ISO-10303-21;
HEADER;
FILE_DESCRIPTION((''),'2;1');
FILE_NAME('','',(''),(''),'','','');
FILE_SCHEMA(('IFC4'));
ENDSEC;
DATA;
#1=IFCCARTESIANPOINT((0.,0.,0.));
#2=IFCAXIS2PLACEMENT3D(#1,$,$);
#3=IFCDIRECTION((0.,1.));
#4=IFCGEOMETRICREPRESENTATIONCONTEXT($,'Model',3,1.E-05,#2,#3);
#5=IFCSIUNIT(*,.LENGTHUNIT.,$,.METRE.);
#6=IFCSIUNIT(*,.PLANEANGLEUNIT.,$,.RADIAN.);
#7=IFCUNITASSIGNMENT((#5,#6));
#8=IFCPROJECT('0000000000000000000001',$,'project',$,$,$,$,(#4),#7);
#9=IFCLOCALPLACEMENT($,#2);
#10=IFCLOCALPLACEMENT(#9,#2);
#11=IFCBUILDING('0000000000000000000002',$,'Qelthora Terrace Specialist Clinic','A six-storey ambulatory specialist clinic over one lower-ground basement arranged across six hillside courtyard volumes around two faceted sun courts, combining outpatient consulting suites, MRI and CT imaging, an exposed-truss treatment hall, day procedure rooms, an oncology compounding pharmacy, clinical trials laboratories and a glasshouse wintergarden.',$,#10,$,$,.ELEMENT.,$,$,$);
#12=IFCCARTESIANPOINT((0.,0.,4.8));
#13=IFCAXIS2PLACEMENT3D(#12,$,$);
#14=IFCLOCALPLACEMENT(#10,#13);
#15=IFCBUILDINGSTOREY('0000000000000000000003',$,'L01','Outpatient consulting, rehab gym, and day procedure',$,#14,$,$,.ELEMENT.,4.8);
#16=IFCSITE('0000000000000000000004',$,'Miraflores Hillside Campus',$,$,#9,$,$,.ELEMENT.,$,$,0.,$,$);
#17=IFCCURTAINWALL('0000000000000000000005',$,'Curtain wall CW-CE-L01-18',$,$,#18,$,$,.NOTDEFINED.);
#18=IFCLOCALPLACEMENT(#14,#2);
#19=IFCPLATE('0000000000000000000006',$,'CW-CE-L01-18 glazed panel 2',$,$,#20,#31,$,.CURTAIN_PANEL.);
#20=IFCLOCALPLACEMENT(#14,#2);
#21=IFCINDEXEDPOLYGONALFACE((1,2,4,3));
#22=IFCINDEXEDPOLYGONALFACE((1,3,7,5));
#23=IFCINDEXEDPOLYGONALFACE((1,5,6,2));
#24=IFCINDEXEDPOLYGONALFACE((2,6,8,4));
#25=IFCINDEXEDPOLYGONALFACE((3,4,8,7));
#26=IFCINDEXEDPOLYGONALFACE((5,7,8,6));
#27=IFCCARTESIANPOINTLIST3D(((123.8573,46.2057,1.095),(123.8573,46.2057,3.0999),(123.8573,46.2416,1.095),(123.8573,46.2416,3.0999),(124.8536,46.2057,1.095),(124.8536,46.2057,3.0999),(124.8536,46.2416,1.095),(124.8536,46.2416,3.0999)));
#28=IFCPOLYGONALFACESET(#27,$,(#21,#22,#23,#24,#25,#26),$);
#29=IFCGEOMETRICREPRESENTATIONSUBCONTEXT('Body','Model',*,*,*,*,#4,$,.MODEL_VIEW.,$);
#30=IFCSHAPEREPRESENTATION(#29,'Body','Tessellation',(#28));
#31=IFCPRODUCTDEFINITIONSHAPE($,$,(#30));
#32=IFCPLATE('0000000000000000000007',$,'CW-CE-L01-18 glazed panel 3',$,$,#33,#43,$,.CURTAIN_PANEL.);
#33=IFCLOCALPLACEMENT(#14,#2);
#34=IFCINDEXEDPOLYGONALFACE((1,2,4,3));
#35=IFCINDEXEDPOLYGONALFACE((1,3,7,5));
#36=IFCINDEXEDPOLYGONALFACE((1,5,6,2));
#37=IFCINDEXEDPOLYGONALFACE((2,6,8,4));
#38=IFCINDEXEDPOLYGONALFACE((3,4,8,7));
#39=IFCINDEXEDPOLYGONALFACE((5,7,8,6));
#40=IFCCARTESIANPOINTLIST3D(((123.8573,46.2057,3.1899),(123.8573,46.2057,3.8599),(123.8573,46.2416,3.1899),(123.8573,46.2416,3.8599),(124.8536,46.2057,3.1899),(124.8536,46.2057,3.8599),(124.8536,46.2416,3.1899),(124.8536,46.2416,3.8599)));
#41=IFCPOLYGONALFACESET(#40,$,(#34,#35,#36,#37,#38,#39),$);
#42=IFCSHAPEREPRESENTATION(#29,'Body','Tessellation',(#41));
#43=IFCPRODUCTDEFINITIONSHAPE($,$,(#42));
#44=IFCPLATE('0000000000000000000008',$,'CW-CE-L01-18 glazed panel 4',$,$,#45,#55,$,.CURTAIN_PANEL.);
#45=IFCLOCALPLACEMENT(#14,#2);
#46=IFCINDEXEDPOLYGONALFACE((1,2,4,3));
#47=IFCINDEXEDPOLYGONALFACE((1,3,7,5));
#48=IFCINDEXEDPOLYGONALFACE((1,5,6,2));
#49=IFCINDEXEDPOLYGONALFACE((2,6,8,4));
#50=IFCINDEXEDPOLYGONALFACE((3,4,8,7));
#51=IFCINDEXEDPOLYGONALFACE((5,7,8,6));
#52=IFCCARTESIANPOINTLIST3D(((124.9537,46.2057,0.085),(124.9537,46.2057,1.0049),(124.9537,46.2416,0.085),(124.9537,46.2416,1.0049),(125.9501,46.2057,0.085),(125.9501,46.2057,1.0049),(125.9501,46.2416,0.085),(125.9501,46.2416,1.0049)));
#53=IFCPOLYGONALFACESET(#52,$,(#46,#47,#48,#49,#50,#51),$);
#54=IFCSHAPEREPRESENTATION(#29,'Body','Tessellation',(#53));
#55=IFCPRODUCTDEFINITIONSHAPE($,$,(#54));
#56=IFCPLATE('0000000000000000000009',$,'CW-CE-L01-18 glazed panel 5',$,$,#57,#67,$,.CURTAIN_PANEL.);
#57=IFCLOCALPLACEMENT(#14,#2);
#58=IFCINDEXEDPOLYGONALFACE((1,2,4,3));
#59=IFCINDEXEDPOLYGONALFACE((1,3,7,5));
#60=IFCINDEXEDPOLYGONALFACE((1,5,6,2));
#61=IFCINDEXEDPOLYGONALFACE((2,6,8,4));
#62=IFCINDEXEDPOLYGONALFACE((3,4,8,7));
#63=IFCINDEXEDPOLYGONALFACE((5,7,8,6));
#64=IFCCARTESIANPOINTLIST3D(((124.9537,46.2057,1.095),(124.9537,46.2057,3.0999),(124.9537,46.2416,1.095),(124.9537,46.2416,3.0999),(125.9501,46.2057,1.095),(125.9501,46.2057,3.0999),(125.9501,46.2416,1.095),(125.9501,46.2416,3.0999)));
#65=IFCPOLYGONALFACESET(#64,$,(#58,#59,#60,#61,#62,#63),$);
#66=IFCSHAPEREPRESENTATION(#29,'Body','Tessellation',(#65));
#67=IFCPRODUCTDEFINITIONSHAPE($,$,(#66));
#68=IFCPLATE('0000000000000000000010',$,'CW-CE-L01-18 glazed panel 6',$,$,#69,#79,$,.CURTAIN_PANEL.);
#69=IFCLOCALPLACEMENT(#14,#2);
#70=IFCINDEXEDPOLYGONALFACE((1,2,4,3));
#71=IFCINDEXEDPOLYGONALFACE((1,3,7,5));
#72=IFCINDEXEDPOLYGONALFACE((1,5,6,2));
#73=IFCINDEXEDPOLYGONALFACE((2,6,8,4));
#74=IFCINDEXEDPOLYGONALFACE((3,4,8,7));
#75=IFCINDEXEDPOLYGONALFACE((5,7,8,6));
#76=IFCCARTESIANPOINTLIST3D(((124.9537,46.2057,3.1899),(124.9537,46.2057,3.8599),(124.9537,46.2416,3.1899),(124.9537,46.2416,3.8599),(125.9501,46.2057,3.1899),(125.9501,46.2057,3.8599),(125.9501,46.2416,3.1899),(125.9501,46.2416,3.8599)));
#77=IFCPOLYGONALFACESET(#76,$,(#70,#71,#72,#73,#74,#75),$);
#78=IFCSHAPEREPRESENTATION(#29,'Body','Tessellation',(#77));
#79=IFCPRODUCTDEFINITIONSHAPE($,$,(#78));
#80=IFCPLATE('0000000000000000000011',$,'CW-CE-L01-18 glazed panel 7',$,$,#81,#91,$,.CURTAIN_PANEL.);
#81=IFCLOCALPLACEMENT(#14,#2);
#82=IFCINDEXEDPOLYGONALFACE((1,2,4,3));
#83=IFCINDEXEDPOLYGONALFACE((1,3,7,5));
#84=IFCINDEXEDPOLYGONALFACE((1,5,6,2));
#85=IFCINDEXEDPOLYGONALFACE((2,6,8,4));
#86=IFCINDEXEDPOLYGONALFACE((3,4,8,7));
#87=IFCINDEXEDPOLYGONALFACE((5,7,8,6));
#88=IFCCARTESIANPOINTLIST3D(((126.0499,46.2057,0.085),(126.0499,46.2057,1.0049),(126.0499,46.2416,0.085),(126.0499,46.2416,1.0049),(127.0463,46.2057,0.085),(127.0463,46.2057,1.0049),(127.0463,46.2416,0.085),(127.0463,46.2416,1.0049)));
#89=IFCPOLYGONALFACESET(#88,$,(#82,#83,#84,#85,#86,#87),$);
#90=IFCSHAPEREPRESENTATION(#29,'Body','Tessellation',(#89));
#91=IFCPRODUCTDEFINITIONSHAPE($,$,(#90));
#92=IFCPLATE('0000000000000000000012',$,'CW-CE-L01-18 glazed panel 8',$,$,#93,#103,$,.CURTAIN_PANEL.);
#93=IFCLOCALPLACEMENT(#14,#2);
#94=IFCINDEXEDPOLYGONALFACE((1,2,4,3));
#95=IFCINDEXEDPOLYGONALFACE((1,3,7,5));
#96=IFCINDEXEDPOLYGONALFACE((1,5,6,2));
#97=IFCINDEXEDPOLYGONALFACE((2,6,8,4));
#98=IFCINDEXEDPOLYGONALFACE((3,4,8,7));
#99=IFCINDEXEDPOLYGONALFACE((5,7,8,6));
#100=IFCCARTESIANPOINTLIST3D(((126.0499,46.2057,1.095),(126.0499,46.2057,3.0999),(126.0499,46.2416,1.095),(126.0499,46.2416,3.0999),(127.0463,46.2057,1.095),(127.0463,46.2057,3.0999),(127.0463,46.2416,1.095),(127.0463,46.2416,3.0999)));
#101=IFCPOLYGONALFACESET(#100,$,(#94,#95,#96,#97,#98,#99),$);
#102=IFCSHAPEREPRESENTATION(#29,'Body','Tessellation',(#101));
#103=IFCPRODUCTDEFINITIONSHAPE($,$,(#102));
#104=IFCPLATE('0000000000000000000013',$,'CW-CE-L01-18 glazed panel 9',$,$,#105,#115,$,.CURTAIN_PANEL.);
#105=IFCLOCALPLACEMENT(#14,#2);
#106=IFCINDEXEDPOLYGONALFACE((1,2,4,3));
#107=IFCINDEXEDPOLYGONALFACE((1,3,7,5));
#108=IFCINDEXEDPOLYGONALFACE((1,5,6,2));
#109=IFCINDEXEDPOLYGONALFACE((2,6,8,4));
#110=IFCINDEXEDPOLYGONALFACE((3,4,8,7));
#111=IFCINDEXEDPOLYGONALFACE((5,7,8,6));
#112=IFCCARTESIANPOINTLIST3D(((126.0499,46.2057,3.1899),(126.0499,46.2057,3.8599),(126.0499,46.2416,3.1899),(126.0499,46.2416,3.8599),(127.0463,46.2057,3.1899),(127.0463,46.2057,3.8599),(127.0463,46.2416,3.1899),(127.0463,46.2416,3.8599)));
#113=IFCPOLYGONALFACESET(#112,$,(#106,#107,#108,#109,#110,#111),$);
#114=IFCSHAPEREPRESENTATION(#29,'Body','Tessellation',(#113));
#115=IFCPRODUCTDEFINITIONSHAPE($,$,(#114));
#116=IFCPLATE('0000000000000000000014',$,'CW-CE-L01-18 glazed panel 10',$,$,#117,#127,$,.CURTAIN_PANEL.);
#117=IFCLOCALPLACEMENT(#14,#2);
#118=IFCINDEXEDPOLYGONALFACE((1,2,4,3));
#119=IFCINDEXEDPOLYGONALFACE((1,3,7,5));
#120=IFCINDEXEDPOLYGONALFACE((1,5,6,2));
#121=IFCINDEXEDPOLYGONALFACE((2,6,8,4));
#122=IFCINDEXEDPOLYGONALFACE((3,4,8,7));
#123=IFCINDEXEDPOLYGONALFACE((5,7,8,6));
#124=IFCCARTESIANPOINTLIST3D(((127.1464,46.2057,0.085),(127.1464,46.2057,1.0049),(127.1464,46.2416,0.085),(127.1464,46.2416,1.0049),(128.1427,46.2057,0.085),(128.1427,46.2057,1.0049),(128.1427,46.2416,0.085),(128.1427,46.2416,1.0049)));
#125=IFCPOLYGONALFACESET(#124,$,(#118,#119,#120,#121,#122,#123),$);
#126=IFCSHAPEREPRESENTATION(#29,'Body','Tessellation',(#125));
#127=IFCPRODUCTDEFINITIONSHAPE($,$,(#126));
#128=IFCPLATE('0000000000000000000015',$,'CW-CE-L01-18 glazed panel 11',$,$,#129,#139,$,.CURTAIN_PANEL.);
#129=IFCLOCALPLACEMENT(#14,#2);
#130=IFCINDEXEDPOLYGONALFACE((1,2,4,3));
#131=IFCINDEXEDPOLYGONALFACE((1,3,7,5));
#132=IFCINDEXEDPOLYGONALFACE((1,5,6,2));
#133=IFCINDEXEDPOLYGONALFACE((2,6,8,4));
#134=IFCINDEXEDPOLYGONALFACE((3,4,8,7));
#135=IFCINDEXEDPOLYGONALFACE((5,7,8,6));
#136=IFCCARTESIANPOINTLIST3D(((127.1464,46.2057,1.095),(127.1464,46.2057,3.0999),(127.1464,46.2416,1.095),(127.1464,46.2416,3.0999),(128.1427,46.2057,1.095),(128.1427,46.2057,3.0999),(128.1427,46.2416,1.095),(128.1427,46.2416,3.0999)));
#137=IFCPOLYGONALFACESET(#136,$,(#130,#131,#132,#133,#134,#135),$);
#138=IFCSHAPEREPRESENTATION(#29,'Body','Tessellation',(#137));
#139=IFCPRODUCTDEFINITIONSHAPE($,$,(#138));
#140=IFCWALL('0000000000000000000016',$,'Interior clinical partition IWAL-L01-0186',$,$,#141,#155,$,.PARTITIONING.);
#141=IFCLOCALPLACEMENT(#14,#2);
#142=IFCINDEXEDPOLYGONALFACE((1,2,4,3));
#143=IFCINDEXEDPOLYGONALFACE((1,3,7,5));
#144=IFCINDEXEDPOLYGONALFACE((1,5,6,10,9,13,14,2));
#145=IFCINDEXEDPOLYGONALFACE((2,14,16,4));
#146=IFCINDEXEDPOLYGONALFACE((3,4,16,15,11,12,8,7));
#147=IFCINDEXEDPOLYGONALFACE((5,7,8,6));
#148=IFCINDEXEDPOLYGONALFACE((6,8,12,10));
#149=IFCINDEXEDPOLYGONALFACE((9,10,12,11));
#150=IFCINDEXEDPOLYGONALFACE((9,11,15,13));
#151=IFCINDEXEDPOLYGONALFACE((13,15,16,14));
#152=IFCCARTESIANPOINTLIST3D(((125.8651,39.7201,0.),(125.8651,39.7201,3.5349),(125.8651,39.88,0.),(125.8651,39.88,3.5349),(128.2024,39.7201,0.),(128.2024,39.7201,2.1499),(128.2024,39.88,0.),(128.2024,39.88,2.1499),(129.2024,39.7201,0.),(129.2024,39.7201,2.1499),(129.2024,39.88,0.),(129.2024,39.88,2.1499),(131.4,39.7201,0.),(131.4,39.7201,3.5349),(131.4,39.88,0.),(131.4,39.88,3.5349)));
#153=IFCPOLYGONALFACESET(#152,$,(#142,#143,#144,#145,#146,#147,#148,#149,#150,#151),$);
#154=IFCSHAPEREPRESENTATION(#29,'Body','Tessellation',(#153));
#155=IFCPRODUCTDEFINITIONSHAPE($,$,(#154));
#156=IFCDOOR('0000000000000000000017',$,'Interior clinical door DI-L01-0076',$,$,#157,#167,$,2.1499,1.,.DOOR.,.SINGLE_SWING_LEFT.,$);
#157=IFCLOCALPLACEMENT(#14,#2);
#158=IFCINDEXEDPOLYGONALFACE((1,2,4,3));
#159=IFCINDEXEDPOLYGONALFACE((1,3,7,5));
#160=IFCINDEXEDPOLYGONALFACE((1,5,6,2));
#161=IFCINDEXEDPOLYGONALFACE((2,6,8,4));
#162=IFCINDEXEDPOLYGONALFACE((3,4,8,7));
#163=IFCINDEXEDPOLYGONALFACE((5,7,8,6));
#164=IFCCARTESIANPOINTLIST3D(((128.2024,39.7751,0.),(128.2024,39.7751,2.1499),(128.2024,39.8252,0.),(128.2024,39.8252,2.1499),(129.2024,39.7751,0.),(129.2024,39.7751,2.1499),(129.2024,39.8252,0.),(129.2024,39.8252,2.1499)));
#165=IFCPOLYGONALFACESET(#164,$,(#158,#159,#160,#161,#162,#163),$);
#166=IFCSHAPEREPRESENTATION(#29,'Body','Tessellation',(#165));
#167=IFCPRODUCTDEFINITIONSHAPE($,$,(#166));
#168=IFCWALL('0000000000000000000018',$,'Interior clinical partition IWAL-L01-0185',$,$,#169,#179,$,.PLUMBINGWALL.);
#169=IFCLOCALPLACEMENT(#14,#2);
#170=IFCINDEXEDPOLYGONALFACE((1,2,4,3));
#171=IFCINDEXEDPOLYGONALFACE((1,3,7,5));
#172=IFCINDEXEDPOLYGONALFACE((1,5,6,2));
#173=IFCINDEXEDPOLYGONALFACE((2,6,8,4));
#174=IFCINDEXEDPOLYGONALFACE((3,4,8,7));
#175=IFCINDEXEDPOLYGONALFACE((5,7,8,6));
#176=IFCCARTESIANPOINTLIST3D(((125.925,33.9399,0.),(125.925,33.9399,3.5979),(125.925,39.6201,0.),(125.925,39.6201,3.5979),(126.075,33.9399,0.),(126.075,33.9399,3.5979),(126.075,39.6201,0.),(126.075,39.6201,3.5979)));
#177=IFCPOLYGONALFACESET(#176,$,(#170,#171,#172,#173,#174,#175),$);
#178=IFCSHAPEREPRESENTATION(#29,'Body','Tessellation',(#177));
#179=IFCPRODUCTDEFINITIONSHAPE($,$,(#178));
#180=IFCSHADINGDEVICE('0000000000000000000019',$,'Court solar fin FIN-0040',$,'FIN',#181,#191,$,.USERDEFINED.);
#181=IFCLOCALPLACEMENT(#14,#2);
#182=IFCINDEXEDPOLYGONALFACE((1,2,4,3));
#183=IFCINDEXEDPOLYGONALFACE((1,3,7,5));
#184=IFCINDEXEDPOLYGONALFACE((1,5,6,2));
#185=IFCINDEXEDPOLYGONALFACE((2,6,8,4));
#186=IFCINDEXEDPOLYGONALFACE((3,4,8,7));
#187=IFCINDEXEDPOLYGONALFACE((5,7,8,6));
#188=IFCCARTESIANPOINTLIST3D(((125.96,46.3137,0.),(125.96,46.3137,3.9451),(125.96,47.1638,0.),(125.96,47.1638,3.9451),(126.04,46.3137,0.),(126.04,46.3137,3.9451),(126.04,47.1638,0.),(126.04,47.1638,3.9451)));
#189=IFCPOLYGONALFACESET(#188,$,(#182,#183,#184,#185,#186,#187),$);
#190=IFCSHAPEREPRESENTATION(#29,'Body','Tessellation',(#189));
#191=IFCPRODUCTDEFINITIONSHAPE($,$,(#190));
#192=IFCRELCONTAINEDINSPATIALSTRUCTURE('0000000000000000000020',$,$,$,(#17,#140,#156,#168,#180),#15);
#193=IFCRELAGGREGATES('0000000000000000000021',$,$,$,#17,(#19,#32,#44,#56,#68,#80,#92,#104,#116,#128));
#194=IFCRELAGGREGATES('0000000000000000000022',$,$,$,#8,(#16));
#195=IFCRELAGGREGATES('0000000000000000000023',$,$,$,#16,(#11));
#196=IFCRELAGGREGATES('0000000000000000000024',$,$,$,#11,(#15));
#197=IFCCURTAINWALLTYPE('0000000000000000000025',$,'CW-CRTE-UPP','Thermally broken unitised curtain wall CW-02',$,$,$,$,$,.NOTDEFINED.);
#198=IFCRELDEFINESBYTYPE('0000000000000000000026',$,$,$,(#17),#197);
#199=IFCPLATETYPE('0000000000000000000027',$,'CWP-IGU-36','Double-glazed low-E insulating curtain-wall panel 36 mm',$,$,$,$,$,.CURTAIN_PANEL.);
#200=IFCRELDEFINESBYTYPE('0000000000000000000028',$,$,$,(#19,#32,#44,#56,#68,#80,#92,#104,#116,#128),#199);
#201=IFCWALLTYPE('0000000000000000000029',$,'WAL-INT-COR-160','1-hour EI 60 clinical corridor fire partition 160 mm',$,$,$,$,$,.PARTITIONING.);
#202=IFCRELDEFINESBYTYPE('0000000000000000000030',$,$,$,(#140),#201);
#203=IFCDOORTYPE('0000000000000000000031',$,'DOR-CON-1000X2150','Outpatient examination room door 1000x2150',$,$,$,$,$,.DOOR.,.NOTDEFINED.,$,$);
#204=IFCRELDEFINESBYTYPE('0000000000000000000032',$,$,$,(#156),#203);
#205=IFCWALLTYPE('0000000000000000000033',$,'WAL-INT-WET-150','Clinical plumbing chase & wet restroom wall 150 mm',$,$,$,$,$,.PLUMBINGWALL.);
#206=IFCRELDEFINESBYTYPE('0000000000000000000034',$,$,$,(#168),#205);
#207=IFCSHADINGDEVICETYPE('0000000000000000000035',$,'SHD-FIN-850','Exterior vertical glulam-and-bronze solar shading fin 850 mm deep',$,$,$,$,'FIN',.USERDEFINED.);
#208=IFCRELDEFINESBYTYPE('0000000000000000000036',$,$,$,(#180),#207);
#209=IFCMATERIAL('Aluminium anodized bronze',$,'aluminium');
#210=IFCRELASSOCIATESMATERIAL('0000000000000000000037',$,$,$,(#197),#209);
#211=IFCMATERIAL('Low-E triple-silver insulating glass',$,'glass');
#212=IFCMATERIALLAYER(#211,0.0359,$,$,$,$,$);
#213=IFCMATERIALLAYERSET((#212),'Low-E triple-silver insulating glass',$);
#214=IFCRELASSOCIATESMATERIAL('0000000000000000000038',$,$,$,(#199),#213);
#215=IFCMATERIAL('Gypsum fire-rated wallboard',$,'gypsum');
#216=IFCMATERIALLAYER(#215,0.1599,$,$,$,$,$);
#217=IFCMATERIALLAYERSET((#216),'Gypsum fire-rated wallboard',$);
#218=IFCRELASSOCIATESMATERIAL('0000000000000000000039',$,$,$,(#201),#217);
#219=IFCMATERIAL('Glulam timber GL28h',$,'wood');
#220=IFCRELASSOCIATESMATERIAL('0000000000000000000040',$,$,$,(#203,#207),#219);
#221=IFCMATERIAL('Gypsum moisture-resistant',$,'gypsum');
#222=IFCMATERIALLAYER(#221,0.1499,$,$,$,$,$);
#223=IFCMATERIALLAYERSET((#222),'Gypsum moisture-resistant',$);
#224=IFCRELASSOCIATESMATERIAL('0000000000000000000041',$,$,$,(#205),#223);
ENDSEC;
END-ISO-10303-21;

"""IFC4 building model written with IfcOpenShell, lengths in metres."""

from ifc_helpers import new_model, si_unit, direction, frame, frame_2d, origin, origin_2d, place, context, subcontext, project, spatial, rectangle, extrude, material, layer, layer_set, type_object, element, fill, aggregate, save


model = new_model("IFC4")

# Units and contexts
model_context = context("Model", 3, precision=1e-05, world=origin(), true_north=direction((0.0, 1.0)))
body_context = subcontext(model_context, "Body", "Model", "MODEL_VIEW")
ifc_project = project(units=[si_unit("LENGTHUNIT", "METRE"), si_unit("PLANEANGLEUNIT", "RADIAN")], contexts=[model_context])

# Site, building, storey
site_placement = place(None, origin())
site = spatial("IfcSite", under=ifc_project, at=site_placement, Name="Miraflores Hillside Campus", CompositionType="ELEMENT", RefElevation=0.0)
building_placement = place(site_placement, origin())
building = spatial("IfcBuilding", under=site, at=building_placement, Name="Qelthora Terrace Specialist Clinic", Description="A six-storey ambulatory specialist clinic over one lower-ground basement arranged across six hillside courtyard volumes around two faceted sun courts, combining outpatient consulting suites, MRI and CT imaging, an exposed-truss treatment hall, day procedure rooms, an oncology compounding pharmacy, clinical trials laboratories and a glasshouse wintergarden.", CompositionType="ELEMENT")
storey_placement = place(building_placement, frame((0.0, 0.0, 4.8)))
storey = spatial("IfcBuildingStorey", under=building, at=storey_placement, Name="L01", Description="Outpatient consulting, rehab gym, and day procedure", CompositionType="ELEMENT", Elevation=4.8)

# Curtain wall
ifc_material_1 = material(Name="Aluminium anodized bronze", Category="aluminium")
curtain_wall_type = type_object("IfcCurtainWallType", Name="CW-CRTE-UPP", Description="Thermally broken unitised curtain wall CW-02", PredefinedType="NOTDEFINED", material=ifc_material_1)
curtain_wall_1_placement = place(storey_placement, origin())
curtain_wall_1 = element("IfcCurtainWall", 1, at=curtain_wall_1_placement, inside=storey, type_object=curtain_wall_type, Name="Curtain wall CW-CE-L01-18", PredefinedType="NOTDEFINED")

# Plates
ifc_material_2 = material(Name="Low-E triple-silver insulating glass", Category="glass")
ifc_layer_1 = layer(ifc_material_2, 0.0359)
ifc_layer_set_1 = layer_set([ifc_layer_1], Name="Low-E triple-silver insulating glass")
plate_type = type_object("IfcPlateType", Name="CWP-IGU-36", Description="Double-glazed low-E insulating curtain-wall panel 36 mm", PredefinedType="CURTAIN_PANEL", material=ifc_layer_set_1)
plate_1_placement = place(storey_placement, frame((124.3555, 46.2236, 1.095), z_axis=(0.0, 0.0, 1.0), x_axis=(1.0, 0.0, 0.0)))
plate_1 = element("IfcPlate", 2, at=plate_1_placement, type_object=plate_type, Name="CW-CE-L01-18 glazed panel 2", PredefinedType="CURTAIN_PANEL", context=body_context, shape_type="SweptSolid", body=[
    extrude(rectangle(XDim=0.9963, YDim=0.0359, at=origin_2d()), origin(), (0.0, 0.0, 1.0), 2.0049),
])
plate_2_placement = place(storey_placement, frame((124.3555, 46.2236, 3.1899), z_axis=(0.0, 0.0, 1.0), x_axis=(1.0, 0.0, 0.0)))
plate_2 = element("IfcPlate", 3, at=plate_2_placement, type_object=plate_type, Name="CW-CE-L01-18 glazed panel 3", PredefinedType="CURTAIN_PANEL", context=body_context, shape_type="SweptSolid", body=[
    extrude(rectangle(XDim=0.9963, YDim=0.0359, at=origin_2d()), origin(), (0.0, 0.0, 1.0), 0.6699),
])
plate_3_placement = place(storey_placement, frame((125.4519, 46.2236, 0.085), z_axis=(0.0, 0.0, 1.0), x_axis=(1.0, 0.0, 0.0)))
plate_3 = element("IfcPlate", 4, at=plate_3_placement, type_object=plate_type, Name="CW-CE-L01-18 glazed panel 4", PredefinedType="CURTAIN_PANEL", context=body_context, shape_type="SweptSolid", body=[
    extrude(rectangle(XDim=0.9963, YDim=0.0359, at=origin_2d()), origin(), (0.0, 0.0, 1.0), 0.9199),
])
plate_4_placement = place(storey_placement, frame((125.4519, 46.2236, 1.095), z_axis=(0.0, 0.0, 1.0), x_axis=(1.0, 0.0, 0.0)))
plate_4 = element("IfcPlate", 5, at=plate_4_placement, type_object=plate_type, Name="CW-CE-L01-18 glazed panel 5", PredefinedType="CURTAIN_PANEL", context=body_context, shape_type="SweptSolid", body=[
    extrude(rectangle(XDim=0.9963, YDim=0.0359, at=origin_2d()), origin(), (0.0, 0.0, 1.0), 2.0049),
])
plate_5_placement = place(storey_placement, frame((125.4519, 46.2236, 3.1899), z_axis=(0.0, 0.0, 1.0), x_axis=(1.0, 0.0, 0.0)))
plate_5 = element("IfcPlate", 6, at=plate_5_placement, type_object=plate_type, Name="CW-CE-L01-18 glazed panel 6", PredefinedType="CURTAIN_PANEL", context=body_context, shape_type="SweptSolid", body=[
    extrude(rectangle(XDim=0.9963, YDim=0.0359, at=origin_2d()), origin(), (0.0, 0.0, 1.0), 0.6699),
])
plate_6_placement = place(storey_placement, frame((126.5481, 46.2236, 0.085), z_axis=(0.0, 0.0, 1.0), x_axis=(1.0, 0.0, 0.0)))
plate_6 = element("IfcPlate", 7, at=plate_6_placement, type_object=plate_type, Name="CW-CE-L01-18 glazed panel 7", PredefinedType="CURTAIN_PANEL", context=body_context, shape_type="SweptSolid", body=[
    extrude(rectangle(XDim=0.9963, YDim=0.0359, at=origin_2d()), origin(), (0.0, 0.0, 1.0), 0.9199),
])
plate_7_placement = place(storey_placement, frame((126.5481, 46.2236, 1.095), z_axis=(0.0, 0.0, 1.0), x_axis=(1.0, 0.0, 0.0)))
plate_7 = element("IfcPlate", 8, at=plate_7_placement, type_object=plate_type, Name="CW-CE-L01-18 glazed panel 8", PredefinedType="CURTAIN_PANEL", context=body_context, shape_type="SweptSolid", body=[
    extrude(rectangle(XDim=0.9963, YDim=0.0359, at=origin_2d()), origin(), (0.0, 0.0, 1.0), 2.0049),
])
plate_8_placement = place(storey_placement, frame((126.5481, 46.2236, 3.1899), z_axis=(0.0, 0.0, 1.0), x_axis=(1.0, 0.0, 0.0)))
plate_8 = element("IfcPlate", 9, at=plate_8_placement, type_object=plate_type, Name="CW-CE-L01-18 glazed panel 9", PredefinedType="CURTAIN_PANEL", context=body_context, shape_type="SweptSolid", body=[
    extrude(rectangle(XDim=0.9963, YDim=0.0359, at=origin_2d()), origin(), (0.0, 0.0, 1.0), 0.6699),
])
plate_9_placement = place(storey_placement, frame((127.6445, 46.2236, 0.085), z_axis=(0.0, 0.0, 1.0), x_axis=(1.0, 0.0, 0.0)))
plate_9 = element("IfcPlate", 10, at=plate_9_placement, type_object=plate_type, Name="CW-CE-L01-18 glazed panel 10", PredefinedType="CURTAIN_PANEL", context=body_context, shape_type="SweptSolid", body=[
    extrude(rectangle(XDim=0.9963, YDim=0.0359, at=origin_2d()), origin(), (0.0, 0.0, 1.0), 0.9199),
])
plate_10_placement = place(storey_placement, frame((127.6445, 46.2236, 1.095), z_axis=(0.0, 0.0, 1.0), x_axis=(1.0, 0.0, 0.0)))
plate_10 = element("IfcPlate", 11, at=plate_10_placement, type_object=plate_type, Name="CW-CE-L01-18 glazed panel 11", PredefinedType="CURTAIN_PANEL", context=body_context, shape_type="SweptSolid", body=[
    extrude(rectangle(XDim=0.9963, YDim=0.0359, at=origin_2d()), origin(), (0.0, 0.0, 1.0), 2.0049),
])
aggregate(curtain_wall_1, [plate_1, plate_2, plate_3, plate_4, plate_5, plate_6, plate_7, plate_8, plate_9, plate_10])

# Wall, opening, door
ifc_material_3 = material(Name="Gypsum fire-rated wallboard", Category="gypsum")
ifc_layer_2 = layer(ifc_material_3, 0.1599)
ifc_layer_set_2 = layer_set([ifc_layer_2], Name="Gypsum fire-rated wallboard")
wall_type_1 = type_object("IfcWallType", Name="WAL-INT-COR-160", Description="1-hour EI 60 clinical corridor fire partition 160 mm", PredefinedType="PARTITIONING", material=ifc_layer_set_2)
wall_1_placement = place(storey_placement, frame((125.865, 39.8, 0.0), z_axis=(0.0, 0.0, 1.0), x_axis=(1.0, 0.0, 0.0)))
wall_1 = element("IfcWall", 12, at=wall_1_placement, inside=storey, type_object=wall_type_1, Name="Interior clinical partition IWAL-L01-0186", PredefinedType="PARTITIONING", context=body_context, shape_type="SweptSolid", body=[
    extrude(rectangle(XDim=5.5349, YDim=0.1599, at=frame_2d((2.7676, 0.0))), origin(), (0.0, 0.0, 1.0), 3.5349),
])
opening_placement = place(wall_1_placement, frame((2.3374, 0.0, 0.0)))
opening = element("IfcOpeningElement", 13, at=opening_placement, cuts=wall_1, PredefinedType="OPENING", context=body_context, shape_type="SweptSolid", body=[
    extrude(rectangle(XDim=1.0, YDim=2.1499, at=frame_2d((0.5, 1.075))), frame((0.0, 0.0898, 0.0), z_axis=(0.0, -1.0, 0.0), x_axis=(1.0, 0.0, 0.0)), (0.0, 0.0, 1.0), 0.1799),
])
ifc_material_4 = material(Name="Glulam timber GL28h", Category="wood")
door_type = type_object("IfcDoorType", Name="DOR-CON-1000X2150", Description="Outpatient examination room door 1000x2150", OperationType="NOTDEFINED", PredefinedType="DOOR", material=ifc_material_4)
door_placement = place(opening_placement, frame((1.0, 0.0, 0.0), z_axis=(0.0, 0.0, 1.0), x_axis=(-1.0, 0.0, 0.0)))
door = element("IfcDoor", 14, at=door_placement, inside=storey, type_object=door_type, Name="Interior clinical door DI-L01-0076", OperationType="SINGLE_SWING_LEFT", OverallHeight=2.1499, OverallWidth=1.0, PredefinedType="DOOR", context=body_context, shape_type="SweptSolid", body=[
    extrude(rectangle(XDim=1.0, YDim=2.1499, at=frame_2d((0.5, 1.075))), frame((0.0, 0.0249, 0.0), z_axis=(0.0, -1.0, 0.0), x_axis=(1.0, 0.0, 0.0)), (0.0, 0.0, 1.0), 0.05),
])
fill(opening, door)

# Wall
ifc_material_5 = material(Name="Gypsum moisture-resistant", Category="gypsum")
ifc_layer_3 = layer(ifc_material_5, 0.1499)
ifc_layer_set_3 = layer_set([ifc_layer_3], Name="Gypsum moisture-resistant")
wall_type_2 = type_object("IfcWallType", Name="WAL-INT-WET-150", Description="Clinical plumbing chase & wet restroom wall 150 mm", PredefinedType="PLUMBINGWALL", material=ifc_layer_set_3)
wall_2_placement = place(storey_placement, frame((126.0, 39.6201, 0.0), z_axis=(0.0, 0.0, 1.0), x_axis=(0.0, -1.0, 0.0)))
element("IfcWall", 15, at=wall_2_placement, inside=storey, type_object=wall_type_2, Name="Interior clinical partition IWAL-L01-0185", PredefinedType="PLUMBINGWALL", context=body_context, shape_type="SweptSolid", body=[
    extrude(rectangle(XDim=5.6802, YDim=0.1499, at=frame_2d((2.8401, 0.0))), origin(), (0.0, 0.0, 1.0), 3.5979),
])

# Shading device
shading_device_type = type_object("IfcShadingDeviceType", Name="SHD-FIN-850", Description="Exterior vertical glulam-and-bronze solar shading fin 850 mm deep", ElementType="FIN", PredefinedType="USERDEFINED", material=ifc_material_4)
shading_device_placement = place(storey_placement, frame((126.0, 46.7388, 0.0), z_axis=(0.0, 0.0, 1.0), x_axis=(0.0, 1.0, 0.0)))
element("IfcShadingDevice", 16, at=shading_device_placement, inside=storey, type_object=shading_device_type, Name="Court solar fin FIN-0040", ObjectType="FIN", PredefinedType="USERDEFINED", context=body_context, shape_type="SweptSolid", body=[
    extrude(rectangle(XDim=0.8501, YDim=0.0801, at=origin_2d()), origin(), (0.0, 0.0, 1.0), 3.9451),
])

save(model, "model.ifc")
